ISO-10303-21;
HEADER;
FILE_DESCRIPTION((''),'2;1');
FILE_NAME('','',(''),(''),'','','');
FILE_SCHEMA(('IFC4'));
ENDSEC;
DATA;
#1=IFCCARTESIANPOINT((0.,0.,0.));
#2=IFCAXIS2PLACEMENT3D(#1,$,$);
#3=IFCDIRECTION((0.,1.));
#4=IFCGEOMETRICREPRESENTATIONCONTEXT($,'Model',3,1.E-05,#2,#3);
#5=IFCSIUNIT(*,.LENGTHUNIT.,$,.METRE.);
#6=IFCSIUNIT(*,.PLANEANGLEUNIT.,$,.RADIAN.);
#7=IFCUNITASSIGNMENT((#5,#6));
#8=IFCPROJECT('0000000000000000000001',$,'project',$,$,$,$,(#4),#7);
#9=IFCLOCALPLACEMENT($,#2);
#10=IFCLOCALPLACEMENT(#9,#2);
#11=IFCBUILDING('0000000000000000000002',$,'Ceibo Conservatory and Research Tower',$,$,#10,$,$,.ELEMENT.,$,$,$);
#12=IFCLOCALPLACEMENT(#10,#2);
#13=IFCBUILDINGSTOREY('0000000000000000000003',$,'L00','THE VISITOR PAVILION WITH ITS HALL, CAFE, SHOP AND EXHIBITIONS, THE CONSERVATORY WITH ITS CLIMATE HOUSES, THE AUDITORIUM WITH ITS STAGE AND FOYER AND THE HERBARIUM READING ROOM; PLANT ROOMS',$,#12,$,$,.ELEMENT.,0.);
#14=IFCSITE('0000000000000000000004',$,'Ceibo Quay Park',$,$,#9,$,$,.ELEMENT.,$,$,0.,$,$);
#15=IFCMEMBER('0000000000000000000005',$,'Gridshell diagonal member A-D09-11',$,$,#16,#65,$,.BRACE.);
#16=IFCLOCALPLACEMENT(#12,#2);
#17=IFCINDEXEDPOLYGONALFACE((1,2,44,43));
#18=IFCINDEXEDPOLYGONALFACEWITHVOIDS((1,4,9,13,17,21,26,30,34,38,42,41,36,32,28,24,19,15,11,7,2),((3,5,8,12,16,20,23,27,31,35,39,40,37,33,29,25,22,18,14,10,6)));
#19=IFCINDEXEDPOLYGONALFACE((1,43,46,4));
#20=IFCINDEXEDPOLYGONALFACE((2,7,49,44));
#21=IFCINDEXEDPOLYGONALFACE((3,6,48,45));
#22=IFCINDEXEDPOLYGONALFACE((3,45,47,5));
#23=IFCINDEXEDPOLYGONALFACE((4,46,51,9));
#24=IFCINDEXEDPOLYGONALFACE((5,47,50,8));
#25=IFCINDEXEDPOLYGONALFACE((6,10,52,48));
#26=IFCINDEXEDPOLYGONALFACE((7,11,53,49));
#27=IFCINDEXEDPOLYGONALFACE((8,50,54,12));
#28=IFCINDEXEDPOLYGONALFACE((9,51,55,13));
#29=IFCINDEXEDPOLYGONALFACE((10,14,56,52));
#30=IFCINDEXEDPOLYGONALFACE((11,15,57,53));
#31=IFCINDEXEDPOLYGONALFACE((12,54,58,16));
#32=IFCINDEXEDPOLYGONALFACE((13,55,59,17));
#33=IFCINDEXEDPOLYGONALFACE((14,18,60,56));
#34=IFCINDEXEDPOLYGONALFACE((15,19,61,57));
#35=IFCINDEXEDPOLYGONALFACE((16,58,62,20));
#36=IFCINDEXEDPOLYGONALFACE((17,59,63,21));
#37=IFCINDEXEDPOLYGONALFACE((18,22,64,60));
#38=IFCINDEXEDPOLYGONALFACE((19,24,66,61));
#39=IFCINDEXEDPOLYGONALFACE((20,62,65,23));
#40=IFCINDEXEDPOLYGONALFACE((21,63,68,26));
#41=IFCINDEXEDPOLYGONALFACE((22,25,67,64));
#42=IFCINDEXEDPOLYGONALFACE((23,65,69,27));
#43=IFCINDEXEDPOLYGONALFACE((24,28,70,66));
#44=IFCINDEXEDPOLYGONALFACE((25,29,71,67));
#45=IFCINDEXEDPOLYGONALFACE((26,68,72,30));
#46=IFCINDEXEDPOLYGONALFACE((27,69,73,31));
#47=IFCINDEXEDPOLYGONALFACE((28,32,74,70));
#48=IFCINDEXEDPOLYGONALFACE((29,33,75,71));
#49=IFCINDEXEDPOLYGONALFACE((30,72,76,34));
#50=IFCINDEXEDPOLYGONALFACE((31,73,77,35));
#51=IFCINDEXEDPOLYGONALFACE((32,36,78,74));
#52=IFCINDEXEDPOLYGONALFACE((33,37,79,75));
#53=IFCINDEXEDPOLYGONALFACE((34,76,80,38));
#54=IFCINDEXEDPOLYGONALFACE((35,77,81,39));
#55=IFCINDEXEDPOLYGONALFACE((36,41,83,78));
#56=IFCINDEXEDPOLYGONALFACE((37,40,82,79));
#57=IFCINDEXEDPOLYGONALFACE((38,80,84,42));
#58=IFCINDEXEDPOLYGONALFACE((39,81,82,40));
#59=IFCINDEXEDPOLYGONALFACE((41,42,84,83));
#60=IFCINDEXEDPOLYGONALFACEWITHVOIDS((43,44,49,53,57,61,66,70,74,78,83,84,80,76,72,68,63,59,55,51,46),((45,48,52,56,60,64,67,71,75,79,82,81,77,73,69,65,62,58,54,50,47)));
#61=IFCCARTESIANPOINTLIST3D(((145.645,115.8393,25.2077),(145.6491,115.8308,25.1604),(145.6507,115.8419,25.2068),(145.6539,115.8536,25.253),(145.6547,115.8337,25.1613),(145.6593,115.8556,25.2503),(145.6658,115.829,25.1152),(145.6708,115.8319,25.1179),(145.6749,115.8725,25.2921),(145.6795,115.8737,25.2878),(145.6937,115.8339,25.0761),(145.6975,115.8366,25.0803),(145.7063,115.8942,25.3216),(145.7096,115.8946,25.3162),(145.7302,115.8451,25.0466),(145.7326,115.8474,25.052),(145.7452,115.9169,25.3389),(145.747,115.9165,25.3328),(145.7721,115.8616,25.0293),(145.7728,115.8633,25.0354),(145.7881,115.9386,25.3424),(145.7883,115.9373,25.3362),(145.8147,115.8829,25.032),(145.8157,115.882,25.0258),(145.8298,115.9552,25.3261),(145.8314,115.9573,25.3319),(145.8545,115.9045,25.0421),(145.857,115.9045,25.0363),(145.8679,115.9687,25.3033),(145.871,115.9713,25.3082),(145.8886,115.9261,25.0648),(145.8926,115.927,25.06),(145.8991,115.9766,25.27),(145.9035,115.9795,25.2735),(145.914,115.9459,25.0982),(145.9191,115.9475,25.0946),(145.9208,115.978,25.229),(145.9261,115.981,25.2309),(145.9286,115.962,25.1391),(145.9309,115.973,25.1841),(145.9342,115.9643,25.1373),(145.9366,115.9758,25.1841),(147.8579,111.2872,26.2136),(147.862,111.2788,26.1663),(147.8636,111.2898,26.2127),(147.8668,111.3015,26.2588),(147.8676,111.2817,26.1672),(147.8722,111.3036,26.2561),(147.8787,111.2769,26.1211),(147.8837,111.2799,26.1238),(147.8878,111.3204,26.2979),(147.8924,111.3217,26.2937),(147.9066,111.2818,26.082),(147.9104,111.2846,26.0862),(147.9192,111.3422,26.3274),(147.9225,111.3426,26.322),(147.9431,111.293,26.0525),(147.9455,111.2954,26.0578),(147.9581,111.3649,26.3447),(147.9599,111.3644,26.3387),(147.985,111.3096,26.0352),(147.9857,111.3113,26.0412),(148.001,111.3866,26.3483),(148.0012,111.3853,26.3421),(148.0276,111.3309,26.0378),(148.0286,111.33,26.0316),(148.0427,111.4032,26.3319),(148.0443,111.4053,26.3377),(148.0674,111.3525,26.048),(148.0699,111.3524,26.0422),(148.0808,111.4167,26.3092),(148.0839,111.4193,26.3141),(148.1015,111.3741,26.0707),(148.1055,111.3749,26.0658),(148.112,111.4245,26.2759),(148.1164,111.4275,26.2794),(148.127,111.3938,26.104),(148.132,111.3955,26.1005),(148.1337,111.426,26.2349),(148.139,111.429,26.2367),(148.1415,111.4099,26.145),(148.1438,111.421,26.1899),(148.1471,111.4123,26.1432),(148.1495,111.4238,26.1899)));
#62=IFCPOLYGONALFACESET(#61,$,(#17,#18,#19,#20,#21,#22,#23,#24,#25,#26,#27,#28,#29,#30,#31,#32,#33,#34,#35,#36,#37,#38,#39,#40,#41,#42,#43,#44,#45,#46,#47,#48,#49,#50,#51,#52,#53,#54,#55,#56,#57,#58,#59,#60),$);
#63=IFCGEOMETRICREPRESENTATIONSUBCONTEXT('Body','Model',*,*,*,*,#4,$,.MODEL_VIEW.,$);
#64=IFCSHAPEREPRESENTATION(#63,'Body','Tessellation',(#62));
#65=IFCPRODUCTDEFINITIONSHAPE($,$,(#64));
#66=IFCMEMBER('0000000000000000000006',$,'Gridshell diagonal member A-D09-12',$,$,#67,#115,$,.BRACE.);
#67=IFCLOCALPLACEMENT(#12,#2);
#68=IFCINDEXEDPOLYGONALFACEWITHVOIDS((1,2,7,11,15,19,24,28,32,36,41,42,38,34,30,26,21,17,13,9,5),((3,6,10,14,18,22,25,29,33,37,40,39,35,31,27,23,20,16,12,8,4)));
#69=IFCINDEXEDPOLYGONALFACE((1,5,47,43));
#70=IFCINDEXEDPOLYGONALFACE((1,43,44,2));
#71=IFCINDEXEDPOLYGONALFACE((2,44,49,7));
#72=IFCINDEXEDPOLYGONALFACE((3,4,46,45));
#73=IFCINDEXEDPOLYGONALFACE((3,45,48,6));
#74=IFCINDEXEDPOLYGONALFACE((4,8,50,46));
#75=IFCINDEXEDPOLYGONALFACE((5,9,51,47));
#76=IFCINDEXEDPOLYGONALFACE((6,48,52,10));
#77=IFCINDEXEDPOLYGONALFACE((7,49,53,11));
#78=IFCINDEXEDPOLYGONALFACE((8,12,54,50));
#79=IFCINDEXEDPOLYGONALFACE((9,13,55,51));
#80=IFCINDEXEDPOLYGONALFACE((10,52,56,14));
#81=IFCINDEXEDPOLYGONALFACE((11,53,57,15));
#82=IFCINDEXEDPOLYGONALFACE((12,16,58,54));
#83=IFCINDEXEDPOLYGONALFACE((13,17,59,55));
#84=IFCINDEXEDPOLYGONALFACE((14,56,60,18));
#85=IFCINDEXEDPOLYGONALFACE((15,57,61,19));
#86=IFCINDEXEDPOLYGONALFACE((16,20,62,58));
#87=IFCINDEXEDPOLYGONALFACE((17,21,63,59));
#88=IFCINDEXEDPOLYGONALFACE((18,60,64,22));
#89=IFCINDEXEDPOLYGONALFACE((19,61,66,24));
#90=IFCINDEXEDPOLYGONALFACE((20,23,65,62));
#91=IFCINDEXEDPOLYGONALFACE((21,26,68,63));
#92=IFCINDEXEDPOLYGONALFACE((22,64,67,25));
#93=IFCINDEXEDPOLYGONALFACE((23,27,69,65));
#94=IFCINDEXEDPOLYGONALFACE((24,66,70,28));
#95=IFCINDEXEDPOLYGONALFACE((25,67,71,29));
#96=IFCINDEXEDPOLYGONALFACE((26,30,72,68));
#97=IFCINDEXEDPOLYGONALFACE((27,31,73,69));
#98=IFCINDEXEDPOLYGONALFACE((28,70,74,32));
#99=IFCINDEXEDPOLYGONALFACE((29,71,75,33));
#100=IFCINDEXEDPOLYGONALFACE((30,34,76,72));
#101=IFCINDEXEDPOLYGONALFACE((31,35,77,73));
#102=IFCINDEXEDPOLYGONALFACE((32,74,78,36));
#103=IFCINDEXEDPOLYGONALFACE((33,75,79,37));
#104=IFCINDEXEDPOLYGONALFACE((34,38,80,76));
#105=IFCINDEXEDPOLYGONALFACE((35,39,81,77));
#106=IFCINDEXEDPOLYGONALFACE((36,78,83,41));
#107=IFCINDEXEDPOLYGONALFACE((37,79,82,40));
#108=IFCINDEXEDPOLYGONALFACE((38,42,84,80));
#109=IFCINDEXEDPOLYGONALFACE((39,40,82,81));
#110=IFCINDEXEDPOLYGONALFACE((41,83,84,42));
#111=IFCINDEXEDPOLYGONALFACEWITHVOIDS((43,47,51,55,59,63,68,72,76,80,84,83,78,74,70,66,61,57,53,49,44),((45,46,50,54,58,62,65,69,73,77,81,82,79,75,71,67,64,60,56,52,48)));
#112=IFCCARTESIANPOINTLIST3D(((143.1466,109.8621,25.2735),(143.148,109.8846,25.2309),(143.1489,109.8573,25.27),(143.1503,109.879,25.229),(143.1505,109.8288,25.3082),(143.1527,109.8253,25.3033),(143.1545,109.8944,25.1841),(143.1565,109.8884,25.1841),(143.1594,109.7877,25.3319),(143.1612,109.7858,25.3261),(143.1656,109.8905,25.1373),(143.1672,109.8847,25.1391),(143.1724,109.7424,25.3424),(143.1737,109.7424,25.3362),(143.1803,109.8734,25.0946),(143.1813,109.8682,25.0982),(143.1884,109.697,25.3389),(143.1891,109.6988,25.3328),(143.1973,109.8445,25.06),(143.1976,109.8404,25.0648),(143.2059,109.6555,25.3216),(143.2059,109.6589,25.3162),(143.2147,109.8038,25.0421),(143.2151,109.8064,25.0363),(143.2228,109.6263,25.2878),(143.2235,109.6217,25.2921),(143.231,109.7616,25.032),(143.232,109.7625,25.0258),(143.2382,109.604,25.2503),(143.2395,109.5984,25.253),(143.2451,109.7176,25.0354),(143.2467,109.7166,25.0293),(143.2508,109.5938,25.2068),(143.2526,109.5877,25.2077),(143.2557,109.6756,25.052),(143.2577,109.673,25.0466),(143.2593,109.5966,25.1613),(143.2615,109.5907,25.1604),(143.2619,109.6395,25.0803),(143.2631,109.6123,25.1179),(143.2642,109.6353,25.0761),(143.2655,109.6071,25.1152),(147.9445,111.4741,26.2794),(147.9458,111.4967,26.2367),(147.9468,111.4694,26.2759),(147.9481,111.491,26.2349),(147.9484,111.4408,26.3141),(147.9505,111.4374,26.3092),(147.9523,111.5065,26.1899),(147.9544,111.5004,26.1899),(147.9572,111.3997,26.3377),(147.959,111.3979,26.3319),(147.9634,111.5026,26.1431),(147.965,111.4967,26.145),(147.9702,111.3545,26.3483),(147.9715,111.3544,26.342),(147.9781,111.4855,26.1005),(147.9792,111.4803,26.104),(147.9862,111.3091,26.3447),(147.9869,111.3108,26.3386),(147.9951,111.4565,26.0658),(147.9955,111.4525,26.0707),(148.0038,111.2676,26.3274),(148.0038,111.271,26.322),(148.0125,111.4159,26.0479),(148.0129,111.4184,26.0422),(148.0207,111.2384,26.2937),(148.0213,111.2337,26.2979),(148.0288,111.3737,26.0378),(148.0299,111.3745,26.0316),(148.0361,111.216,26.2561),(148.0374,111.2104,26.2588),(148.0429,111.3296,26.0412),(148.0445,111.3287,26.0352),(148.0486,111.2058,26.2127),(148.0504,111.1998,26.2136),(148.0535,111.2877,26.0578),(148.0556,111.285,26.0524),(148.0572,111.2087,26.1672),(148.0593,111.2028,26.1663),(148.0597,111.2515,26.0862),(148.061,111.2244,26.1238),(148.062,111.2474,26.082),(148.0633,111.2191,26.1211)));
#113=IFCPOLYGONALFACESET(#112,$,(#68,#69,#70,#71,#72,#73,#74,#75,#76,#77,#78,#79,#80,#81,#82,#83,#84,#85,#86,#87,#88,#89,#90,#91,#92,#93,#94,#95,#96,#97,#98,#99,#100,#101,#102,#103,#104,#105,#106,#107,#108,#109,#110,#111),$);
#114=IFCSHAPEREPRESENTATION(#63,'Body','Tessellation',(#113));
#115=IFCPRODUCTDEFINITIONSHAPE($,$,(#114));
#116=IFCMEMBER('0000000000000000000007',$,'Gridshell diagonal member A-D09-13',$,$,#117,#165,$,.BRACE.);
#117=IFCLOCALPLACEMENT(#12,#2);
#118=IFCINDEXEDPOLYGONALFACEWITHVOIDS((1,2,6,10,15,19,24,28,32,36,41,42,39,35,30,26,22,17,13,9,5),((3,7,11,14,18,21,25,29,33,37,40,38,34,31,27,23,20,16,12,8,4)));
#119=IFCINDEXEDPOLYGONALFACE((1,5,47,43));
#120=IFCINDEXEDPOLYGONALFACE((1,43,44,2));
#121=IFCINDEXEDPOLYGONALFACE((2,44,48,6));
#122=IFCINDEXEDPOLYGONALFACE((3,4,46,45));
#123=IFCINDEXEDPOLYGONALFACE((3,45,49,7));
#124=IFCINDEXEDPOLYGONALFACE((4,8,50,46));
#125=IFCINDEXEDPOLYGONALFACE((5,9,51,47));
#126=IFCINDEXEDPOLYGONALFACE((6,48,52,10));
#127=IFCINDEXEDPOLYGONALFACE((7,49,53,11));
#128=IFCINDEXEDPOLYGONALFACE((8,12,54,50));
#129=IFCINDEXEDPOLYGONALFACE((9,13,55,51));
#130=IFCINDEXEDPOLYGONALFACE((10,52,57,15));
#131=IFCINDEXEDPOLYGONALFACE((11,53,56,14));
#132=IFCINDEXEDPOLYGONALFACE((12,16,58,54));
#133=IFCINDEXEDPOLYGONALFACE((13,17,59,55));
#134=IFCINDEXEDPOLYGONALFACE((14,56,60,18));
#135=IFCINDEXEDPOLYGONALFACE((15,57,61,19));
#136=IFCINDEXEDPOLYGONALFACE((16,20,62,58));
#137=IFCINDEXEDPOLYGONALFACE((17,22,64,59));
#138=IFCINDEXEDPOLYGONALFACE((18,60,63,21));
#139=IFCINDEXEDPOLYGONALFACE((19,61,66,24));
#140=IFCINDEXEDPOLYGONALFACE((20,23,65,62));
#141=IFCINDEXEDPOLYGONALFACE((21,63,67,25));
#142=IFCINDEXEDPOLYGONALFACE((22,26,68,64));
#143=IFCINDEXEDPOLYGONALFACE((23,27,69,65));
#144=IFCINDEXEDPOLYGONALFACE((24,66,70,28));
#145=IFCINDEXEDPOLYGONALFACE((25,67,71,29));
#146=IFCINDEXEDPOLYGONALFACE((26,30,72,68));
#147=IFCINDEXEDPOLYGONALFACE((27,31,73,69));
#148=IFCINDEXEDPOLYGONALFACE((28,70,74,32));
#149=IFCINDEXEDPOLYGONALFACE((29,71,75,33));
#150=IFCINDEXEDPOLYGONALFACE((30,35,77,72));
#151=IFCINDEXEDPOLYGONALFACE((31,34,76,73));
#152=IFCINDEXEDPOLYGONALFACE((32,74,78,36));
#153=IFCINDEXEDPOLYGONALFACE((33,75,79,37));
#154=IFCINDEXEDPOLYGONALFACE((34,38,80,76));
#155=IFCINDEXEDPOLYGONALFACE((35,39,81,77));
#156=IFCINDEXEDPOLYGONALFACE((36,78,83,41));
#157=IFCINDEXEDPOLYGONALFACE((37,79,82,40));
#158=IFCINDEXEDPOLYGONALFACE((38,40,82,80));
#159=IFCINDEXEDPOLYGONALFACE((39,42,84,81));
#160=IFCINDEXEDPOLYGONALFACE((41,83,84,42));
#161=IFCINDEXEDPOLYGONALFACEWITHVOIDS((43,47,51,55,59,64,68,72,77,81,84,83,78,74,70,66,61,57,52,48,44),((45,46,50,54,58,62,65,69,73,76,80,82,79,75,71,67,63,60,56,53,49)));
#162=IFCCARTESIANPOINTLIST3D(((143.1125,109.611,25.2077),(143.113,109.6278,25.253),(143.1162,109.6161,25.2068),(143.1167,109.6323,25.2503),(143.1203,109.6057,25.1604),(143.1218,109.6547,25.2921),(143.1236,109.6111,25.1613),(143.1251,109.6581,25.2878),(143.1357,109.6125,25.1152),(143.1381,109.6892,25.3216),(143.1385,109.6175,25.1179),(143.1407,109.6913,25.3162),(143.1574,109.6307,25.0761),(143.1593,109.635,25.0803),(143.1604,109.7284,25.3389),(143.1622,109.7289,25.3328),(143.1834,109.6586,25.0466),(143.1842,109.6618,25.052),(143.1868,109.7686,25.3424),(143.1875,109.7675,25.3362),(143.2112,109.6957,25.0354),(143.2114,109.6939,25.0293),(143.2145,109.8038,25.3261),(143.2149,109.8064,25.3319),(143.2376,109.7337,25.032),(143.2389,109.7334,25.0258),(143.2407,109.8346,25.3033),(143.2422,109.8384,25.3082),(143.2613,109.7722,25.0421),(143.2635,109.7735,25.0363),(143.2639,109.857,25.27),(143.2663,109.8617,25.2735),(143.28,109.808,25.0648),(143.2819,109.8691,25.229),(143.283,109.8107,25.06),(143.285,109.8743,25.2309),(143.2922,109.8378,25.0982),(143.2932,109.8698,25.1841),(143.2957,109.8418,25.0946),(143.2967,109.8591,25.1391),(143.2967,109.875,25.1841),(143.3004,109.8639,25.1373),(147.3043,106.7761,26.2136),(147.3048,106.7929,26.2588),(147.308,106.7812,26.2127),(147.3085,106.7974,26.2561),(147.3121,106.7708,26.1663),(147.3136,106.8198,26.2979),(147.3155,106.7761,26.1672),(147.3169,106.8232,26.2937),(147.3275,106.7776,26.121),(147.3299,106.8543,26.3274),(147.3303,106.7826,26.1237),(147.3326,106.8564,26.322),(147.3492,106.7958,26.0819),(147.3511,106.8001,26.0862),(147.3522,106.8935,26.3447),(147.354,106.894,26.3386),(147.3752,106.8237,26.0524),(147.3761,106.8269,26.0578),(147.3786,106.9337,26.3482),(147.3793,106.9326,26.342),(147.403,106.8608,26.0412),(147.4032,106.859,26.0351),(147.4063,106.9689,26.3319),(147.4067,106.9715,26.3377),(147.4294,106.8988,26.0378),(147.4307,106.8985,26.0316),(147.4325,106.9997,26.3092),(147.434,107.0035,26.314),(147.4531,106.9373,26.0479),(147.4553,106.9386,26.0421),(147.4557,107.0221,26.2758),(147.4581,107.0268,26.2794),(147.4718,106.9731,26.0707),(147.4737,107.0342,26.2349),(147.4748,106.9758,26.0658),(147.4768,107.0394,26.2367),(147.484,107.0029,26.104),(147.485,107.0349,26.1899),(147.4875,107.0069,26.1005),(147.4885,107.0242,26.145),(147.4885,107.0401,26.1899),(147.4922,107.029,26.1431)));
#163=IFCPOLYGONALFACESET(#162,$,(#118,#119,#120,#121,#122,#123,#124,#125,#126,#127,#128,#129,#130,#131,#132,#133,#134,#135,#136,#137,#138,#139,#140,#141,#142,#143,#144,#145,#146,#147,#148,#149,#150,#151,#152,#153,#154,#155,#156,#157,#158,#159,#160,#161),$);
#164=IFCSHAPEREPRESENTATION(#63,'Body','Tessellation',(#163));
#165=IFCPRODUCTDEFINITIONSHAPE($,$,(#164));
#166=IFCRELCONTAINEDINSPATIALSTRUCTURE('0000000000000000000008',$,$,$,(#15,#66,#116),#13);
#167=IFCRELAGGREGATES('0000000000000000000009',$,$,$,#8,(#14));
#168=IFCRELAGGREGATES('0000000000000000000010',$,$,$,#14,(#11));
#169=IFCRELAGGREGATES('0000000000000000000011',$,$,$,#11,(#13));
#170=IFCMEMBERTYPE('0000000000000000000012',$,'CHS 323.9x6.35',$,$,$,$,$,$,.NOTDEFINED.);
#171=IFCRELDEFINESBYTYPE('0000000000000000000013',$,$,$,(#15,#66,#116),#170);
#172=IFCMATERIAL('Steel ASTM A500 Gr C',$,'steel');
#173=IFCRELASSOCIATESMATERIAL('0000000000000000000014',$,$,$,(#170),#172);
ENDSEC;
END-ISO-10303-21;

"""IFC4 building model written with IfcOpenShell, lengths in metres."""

from ifc_helpers import new_model, si_unit, direction, frame, origin, origin_2d, place, context, subcontext, project, spatial, hollow_circle, extrude, material, material_profile, profile_set, type_object, element, save


model = new_model("IFC4")

# Units and contexts
model_context = context("Model", 3, precision=1e-05, world=origin(), true_north=direction((0.0, 1.0)))
body_context = subcontext(model_context, "Body", "Model", "MODEL_VIEW")
ifc_project = project(units=[si_unit("LENGTHUNIT", "METRE"), si_unit("PLANEANGLEUNIT", "RADIAN")], contexts=[model_context])

# Site, building, storey
site_placement = place(None, origin())
site = spatial("IfcSite", under=ifc_project, at=site_placement, Name="Ceibo Quay Park", CompositionType="ELEMENT", RefElevation=0.0)
building_placement = place(site_placement, origin())
building = spatial("IfcBuilding", under=site, at=building_placement, Name="Ceibo Conservatory and Research Tower", CompositionType="ELEMENT")
storey_placement = place(building_placement, origin())
storey = spatial("IfcBuildingStorey", under=building, at=storey_placement, Name="L00", Description="THE VISITOR PAVILION WITH ITS HALL, CAFE, SHOP AND EXHIBITIONS, THE CONSERVATORY WITH ITS CLIMATE HOUSES, THE AUDITORIUM WITH ITS STAGE AND FOYER AND THE HERBARIUM READING ROOM; PLANT ROOMS", CompositionType="ELEMENT", Elevation=0.0)

# Members
ifc_material_1 = material(Name="Steel ASTM A500 Gr C", Category="steel")
ifc_material_profile_1 = material_profile(ifc_material_1, hollow_circle(Radius=0.1619, WallThickness=0.0063, at=origin_2d()), Name="CHS 323.9x6.35")
ifc_profile_set_1 = profile_set([ifc_material_profile_1], Name="Steel ASTM A500 Gr C")
member_type_1 = type_object("IfcMemberType", Name="CHS 323.9x6.35", PredefinedType="NOTDEFINED", material=ifc_profile_set_1)
for number, where, z_axis, x_axis, name in (
    (1, (145.791, 115.905, 25.1841), (0.428824, -0.882109, 0.19492), (0.899359, 0.437211, 0.0), "Gridshell diagonal member A-D09-11"),
    (2, (143.2061, 109.741, 25.1841), (0.929742, 0.31239, 0.194918), (-0.318499, 0.947923, 0.0), "Gridshell diagonal member A-D09-12"),
):
    element("IfcMember", number, at=place(storey_placement, frame(where, z_axis=z_axis, x_axis=x_axis)), inside=storey, type_object=member_type_1, Name=name, PredefinedType="BRACE", context=body_context, shape_type="SweptSolid", body=[
        extrude(hollow_circle(Radius=0.1619, WallThickness=0.0063, at=origin_2d()), origin(), (0.0, 0.0, 1.0), 5.1604),
    ])
member_1_placement = place(storey_placement, frame((143.2061, 109.741, 25.1841), z_axis=(0.812457, -0.549461, 0.194952), x_axis=(0.56021, 0.828351, 0.0)))
element("IfcMember", 3, at=member_1_placement, inside=storey, type_object=member_type_1, Name="Gridshell diagonal member A-D09-13", PredefinedType="BRACE", context=body_context, shape_type="SweptSolid", body=[
    extrude(hollow_circle(Radius=0.1619, WallThickness=0.0063, at=origin_2d()), origin(), (0.0, 0.0, 1.0), 5.1594),
])

save(model, "model.ifc")
